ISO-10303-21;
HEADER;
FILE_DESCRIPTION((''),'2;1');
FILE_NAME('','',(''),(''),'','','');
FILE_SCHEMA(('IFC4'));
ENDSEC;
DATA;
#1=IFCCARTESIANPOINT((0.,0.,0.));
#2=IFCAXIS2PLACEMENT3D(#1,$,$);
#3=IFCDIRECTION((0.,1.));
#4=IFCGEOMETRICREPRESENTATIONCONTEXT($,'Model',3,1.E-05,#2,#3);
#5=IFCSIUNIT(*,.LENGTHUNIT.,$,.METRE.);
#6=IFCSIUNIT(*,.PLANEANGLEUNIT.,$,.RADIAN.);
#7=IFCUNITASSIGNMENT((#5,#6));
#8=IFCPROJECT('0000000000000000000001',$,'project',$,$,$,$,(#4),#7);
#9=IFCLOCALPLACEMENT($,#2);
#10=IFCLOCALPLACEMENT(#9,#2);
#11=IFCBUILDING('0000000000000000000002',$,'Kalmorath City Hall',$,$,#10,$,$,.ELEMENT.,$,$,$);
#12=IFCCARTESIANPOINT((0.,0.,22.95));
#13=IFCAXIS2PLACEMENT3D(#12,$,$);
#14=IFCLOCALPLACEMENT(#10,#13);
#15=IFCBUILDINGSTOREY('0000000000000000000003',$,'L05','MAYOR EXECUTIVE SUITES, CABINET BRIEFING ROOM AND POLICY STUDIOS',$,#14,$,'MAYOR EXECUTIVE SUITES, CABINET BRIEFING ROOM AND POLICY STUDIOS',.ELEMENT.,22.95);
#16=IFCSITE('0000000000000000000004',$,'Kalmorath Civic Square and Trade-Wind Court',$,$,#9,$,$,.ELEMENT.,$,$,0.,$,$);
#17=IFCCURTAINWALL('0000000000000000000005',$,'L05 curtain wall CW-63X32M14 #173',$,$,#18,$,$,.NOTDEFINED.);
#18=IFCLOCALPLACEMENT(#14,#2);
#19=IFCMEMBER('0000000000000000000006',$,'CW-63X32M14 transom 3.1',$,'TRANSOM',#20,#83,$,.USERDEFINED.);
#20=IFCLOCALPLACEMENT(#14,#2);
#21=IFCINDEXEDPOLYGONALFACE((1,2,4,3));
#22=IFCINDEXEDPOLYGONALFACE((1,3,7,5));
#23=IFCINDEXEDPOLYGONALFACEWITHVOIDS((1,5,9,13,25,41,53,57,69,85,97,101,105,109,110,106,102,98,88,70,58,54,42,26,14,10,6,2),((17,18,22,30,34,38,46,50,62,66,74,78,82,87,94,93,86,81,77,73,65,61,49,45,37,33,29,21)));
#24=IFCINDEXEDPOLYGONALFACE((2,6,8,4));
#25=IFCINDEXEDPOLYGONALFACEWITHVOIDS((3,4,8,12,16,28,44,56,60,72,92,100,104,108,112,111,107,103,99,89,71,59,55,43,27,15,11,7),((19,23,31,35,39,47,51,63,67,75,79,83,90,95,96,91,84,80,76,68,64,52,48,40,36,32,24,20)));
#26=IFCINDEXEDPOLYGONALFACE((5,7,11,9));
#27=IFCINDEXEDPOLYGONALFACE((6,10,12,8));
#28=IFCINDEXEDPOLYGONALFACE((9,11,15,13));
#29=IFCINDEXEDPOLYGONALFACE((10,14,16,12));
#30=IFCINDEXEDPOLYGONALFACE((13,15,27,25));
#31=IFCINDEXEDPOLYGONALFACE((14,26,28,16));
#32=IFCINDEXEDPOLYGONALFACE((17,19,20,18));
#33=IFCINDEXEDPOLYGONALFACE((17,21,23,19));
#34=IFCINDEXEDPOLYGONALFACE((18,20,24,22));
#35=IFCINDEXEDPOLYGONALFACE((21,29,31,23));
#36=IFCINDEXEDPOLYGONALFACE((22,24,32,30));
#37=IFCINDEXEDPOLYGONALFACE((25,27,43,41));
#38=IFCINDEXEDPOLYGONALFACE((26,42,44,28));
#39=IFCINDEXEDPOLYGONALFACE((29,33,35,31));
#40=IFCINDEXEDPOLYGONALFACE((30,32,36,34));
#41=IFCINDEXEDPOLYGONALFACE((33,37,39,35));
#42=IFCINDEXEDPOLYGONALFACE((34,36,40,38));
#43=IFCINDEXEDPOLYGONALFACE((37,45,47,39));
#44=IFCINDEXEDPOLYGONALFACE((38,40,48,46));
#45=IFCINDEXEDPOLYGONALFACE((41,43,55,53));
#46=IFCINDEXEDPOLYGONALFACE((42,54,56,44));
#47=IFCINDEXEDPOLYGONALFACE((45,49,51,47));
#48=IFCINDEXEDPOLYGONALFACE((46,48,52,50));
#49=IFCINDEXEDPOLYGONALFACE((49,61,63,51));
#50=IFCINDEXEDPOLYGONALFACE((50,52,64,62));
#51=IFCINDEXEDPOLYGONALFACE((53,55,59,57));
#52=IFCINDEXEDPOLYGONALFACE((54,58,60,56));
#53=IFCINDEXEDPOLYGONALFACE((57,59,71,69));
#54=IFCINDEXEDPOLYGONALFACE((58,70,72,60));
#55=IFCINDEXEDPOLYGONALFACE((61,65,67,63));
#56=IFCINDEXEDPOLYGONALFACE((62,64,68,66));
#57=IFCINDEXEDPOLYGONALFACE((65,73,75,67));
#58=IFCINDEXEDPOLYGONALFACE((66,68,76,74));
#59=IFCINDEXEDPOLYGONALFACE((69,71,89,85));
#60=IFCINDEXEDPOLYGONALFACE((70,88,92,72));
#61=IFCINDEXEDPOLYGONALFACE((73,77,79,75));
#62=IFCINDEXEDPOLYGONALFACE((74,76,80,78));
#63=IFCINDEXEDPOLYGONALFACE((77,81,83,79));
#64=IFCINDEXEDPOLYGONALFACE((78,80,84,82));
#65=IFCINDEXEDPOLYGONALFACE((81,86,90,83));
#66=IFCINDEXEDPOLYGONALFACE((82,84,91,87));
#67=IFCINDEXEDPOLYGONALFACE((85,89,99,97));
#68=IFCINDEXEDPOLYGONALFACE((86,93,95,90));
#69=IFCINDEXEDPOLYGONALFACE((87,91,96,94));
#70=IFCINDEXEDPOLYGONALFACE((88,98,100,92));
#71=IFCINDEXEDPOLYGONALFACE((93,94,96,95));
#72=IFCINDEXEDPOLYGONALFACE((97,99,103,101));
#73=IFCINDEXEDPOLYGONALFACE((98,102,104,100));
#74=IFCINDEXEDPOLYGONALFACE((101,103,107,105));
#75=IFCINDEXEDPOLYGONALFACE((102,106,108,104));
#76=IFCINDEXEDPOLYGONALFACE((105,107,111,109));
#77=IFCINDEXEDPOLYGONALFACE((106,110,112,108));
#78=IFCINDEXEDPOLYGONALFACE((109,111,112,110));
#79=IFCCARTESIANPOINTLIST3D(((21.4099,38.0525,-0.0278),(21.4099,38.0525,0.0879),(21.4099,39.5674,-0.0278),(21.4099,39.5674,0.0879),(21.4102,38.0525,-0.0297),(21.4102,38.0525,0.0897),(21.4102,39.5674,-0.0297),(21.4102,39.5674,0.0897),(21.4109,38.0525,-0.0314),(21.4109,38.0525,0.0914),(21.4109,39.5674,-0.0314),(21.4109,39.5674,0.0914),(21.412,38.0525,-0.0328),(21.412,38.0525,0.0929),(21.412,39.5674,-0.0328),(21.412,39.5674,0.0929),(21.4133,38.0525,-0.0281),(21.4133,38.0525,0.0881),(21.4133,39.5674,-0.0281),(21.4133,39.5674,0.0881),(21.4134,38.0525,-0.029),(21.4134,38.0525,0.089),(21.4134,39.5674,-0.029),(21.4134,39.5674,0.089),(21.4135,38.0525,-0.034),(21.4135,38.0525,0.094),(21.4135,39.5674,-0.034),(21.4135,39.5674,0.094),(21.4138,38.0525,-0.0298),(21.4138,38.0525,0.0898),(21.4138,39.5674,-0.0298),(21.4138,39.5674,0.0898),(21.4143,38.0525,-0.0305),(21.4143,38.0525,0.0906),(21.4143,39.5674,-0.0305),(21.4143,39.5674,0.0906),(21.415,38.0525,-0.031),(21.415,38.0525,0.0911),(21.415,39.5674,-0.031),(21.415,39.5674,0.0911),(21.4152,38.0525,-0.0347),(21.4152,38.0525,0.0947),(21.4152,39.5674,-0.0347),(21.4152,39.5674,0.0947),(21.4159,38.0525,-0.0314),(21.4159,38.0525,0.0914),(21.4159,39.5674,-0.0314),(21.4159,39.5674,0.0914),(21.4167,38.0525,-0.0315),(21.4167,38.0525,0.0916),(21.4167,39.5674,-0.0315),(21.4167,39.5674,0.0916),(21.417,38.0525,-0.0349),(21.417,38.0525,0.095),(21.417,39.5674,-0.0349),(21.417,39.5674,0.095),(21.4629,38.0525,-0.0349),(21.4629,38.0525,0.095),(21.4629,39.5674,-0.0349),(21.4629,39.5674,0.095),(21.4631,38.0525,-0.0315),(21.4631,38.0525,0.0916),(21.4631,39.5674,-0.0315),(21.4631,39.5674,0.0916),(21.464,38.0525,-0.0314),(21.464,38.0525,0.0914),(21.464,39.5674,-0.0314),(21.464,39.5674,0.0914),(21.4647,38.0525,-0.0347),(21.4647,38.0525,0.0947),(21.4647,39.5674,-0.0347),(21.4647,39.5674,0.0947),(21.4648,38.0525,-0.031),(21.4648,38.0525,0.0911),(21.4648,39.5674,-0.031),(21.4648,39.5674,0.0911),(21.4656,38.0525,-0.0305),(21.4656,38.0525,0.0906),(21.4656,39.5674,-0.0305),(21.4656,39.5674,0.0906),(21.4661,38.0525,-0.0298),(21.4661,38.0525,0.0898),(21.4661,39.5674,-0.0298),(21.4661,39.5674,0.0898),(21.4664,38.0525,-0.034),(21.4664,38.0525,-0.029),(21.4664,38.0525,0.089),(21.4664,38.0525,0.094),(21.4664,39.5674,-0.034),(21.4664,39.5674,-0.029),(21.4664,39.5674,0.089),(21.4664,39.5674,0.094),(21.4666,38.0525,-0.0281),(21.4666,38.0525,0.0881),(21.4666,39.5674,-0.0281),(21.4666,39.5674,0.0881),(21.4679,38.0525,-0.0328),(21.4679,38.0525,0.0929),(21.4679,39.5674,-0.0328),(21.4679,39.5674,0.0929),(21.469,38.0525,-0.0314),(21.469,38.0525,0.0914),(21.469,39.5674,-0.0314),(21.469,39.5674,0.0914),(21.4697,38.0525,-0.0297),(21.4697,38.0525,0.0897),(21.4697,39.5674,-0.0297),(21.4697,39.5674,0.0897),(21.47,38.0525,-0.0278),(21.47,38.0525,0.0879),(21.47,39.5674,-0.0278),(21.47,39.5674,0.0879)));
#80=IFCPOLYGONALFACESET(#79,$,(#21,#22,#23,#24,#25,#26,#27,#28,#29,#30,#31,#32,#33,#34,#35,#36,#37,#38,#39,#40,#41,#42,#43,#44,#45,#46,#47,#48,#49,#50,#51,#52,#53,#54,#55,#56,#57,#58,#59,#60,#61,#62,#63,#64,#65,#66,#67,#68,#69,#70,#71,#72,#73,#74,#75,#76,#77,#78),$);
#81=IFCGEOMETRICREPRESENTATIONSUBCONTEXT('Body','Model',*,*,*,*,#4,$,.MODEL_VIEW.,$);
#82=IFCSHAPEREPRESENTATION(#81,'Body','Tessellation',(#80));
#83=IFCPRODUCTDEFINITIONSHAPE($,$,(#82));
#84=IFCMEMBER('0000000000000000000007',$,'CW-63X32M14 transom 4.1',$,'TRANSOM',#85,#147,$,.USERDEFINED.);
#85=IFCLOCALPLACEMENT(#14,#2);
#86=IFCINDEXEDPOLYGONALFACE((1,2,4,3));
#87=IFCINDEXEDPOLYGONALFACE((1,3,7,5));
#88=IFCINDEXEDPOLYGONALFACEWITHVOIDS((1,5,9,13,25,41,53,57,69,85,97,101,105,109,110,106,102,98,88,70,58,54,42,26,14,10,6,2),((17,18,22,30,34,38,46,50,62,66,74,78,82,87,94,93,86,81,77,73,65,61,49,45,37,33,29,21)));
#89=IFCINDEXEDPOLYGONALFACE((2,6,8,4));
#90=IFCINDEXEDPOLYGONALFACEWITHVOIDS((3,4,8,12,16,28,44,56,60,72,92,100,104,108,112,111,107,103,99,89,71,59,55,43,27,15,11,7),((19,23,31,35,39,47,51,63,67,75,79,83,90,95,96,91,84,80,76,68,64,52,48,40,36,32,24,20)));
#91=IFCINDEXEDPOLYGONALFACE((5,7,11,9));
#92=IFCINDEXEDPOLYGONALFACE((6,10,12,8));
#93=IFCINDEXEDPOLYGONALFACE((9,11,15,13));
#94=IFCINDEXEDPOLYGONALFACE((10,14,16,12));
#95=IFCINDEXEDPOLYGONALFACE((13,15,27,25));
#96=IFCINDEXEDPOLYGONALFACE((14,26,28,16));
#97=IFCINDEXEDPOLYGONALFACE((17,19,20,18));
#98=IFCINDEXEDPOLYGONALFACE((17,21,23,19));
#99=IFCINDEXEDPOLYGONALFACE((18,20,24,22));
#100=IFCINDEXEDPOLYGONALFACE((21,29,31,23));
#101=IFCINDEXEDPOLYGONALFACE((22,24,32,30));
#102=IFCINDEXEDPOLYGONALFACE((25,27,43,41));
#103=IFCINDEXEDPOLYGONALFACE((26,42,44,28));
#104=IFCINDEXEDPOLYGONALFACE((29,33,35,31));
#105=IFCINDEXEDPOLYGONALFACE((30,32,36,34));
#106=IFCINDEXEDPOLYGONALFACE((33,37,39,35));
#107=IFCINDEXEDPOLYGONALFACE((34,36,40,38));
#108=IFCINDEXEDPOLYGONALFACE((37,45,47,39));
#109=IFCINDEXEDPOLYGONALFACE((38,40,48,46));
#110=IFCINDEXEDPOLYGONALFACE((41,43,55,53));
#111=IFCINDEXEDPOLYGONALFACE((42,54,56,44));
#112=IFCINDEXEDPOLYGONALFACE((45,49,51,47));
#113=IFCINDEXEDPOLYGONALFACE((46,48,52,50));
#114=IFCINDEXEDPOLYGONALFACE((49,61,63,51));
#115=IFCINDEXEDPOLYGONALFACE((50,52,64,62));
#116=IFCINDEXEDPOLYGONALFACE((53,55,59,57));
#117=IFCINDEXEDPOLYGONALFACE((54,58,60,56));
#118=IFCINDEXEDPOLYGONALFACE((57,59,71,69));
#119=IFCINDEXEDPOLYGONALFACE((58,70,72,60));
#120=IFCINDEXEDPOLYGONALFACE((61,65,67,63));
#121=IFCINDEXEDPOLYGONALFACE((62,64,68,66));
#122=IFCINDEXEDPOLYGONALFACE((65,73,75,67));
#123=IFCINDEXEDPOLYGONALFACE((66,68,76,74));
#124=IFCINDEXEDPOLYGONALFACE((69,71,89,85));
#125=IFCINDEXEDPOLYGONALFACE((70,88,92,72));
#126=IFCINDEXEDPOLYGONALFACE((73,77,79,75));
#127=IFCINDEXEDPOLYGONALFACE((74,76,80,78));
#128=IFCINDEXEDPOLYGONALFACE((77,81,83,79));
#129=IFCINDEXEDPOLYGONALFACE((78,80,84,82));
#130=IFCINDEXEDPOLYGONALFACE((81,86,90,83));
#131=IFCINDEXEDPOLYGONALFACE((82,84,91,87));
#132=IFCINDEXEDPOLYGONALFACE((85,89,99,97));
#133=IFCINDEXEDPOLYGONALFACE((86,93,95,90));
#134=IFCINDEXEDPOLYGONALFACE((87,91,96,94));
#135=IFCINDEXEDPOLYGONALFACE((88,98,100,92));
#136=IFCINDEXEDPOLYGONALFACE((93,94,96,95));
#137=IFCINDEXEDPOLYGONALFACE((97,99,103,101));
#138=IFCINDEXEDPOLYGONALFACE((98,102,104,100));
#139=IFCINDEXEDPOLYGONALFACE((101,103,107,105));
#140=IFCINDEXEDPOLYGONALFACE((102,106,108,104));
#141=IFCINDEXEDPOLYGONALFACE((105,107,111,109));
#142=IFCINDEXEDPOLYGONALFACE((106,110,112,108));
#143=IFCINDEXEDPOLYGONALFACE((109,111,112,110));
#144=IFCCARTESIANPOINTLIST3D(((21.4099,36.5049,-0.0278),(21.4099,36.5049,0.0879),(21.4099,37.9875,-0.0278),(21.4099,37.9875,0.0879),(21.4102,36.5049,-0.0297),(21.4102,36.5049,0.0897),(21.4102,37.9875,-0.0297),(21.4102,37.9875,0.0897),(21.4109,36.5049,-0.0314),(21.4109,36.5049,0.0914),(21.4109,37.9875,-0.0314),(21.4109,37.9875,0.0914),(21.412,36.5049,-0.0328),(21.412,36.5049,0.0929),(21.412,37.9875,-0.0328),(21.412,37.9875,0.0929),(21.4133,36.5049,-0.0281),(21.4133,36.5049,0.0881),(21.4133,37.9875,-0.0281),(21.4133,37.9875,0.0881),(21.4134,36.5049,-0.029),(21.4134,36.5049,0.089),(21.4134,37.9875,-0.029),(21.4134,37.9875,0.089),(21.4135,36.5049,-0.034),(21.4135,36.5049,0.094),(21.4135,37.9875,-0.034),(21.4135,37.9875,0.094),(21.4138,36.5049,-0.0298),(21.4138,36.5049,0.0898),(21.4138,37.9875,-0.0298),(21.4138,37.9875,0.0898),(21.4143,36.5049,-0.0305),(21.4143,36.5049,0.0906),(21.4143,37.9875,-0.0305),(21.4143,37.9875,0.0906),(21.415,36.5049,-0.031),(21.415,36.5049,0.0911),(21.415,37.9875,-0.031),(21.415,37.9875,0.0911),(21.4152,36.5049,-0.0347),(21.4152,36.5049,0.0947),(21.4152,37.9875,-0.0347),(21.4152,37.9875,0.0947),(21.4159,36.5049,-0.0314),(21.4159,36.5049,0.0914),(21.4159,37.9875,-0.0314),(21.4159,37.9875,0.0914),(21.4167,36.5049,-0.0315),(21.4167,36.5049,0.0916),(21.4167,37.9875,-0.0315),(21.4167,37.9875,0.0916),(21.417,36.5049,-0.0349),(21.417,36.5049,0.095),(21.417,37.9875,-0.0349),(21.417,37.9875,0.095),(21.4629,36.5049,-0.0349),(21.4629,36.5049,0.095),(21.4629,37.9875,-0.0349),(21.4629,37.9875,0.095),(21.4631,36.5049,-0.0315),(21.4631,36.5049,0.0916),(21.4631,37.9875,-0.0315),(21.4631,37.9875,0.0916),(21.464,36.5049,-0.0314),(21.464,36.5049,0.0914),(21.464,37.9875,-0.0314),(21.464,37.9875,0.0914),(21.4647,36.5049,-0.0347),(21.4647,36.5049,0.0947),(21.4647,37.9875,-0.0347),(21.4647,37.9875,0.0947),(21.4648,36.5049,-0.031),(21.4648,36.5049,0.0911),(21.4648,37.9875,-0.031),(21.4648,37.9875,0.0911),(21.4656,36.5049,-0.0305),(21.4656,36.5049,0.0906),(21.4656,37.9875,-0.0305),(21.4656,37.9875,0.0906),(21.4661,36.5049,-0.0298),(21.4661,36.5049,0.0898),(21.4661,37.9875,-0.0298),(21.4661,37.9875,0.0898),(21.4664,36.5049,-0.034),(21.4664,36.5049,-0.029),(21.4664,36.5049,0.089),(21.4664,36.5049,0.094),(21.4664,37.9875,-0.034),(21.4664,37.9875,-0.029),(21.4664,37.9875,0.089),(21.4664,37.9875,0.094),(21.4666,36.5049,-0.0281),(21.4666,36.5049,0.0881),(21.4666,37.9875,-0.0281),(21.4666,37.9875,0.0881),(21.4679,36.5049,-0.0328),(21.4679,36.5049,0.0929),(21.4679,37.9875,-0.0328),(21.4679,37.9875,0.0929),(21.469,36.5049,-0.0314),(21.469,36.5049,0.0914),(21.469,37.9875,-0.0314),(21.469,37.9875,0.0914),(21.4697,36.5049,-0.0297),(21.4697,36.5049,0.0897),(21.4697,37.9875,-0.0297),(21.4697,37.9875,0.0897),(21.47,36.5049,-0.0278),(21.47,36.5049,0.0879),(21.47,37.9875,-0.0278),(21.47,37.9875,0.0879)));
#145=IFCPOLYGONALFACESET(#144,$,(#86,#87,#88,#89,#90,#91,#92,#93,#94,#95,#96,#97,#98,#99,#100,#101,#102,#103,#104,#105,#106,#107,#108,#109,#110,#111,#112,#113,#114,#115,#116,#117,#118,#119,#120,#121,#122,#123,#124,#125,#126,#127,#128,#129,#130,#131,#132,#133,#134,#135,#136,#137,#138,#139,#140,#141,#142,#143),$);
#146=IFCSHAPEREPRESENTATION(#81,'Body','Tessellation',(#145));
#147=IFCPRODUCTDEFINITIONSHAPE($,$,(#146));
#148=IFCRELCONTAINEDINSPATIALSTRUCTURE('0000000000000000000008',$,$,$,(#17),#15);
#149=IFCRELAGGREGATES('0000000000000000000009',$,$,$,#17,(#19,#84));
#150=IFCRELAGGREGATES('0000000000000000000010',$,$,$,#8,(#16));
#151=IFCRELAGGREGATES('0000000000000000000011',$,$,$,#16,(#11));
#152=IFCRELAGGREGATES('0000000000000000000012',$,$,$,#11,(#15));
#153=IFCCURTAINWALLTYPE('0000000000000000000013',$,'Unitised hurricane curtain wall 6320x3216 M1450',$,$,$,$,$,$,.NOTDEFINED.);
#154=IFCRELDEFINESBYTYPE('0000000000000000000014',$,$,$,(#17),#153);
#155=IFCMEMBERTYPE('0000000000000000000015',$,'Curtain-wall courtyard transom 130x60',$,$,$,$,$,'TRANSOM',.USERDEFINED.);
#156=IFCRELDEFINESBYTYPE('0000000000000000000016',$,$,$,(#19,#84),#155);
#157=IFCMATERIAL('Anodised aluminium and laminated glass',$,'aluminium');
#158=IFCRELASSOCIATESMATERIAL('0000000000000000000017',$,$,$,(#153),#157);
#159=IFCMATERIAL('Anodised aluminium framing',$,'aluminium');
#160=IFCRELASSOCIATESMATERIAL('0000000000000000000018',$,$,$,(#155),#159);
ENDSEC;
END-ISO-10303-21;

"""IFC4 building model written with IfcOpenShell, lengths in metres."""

from ifc_helpers import new_model, si_unit, direction, frame, origin, origin_2d, place, context, subcontext, project, spatial, hollow_rectangle, extrude, material, material_profile, profile_set, type_object, element, aggregate, save


model = new_model("IFC4")

# Units and contexts
model_context = context("Model", 3, precision=1e-05, world=origin(), true_north=direction((0.0, 1.0)))
body_context = subcontext(model_context, "Body", "Model", "MODEL_VIEW")
ifc_project = project(units=[si_unit("LENGTHUNIT", "METRE"), si_unit("PLANEANGLEUNIT", "RADIAN")], contexts=[model_context])

# Site, building, storey
site_placement = place(None, origin())
site = spatial("IfcSite", under=ifc_project, at=site_placement, Name="Kalmorath Civic Square and Trade-Wind Court", CompositionType="ELEMENT", RefElevation=0.0)
building_placement = place(site_placement, origin())
building = spatial("IfcBuilding", under=site, at=building_placement, Name="Kalmorath City Hall", CompositionType="ELEMENT")
storey_placement = place(building_placement, frame((0.0, 0.0, 22.95)))
storey = spatial("IfcBuildingStorey", under=building, at=storey_placement, Name="L05", Description="MAYOR EXECUTIVE SUITES, CABINET BRIEFING ROOM AND POLICY STUDIOS", LongName="MAYOR EXECUTIVE SUITES, CABINET BRIEFING ROOM AND POLICY STUDIOS", CompositionType="ELEMENT", Elevation=22.95)

# Curtain wall, members
ifc_material_1 = material(Name="Anodised aluminium and laminated glass", Category="aluminium")
curtain_wall_type = type_object("IfcCurtainWallType", Name="Unitised hurricane curtain wall 6320x3216 M1450", PredefinedType="NOTDEFINED", material=ifc_material_1)
curtain_wall_placement = place(storey_placement, origin())
curtain_wall = element("IfcCurtainWall", 1, at=curtain_wall_placement, inside=storey, type_object=curtain_wall_type, Name="L05 curtain wall CW-63X32M14 #173", PredefinedType="NOTDEFINED")
ifc_material_2 = material(Name="Anodised aluminium framing", Category="aluminium")
ifc_material_profile_1 = material_profile(ifc_material_2, hollow_rectangle(XDim=0.0601, YDim=0.1299, WallThickness=0.0034, InnerFilletRadius=0.0034, OuterFilletRadius=0.0071, at=origin_2d()), Name="ALU-TRN-130X60X3.5")
ifc_profile_set_1 = profile_set([ifc_material_profile_1], Name="Anodised aluminium framing")
member_type_1 = type_object("IfcMemberType", Name="Curtain-wall courtyard transom 130x60", ElementType="TRANSOM", PredefinedType="USERDEFINED", material=ifc_profile_set_1)
member_1_placement = place(storey_placement, frame((21.4399, 39.5674, 0.03), z_axis=(0.0, -1.0, 0.0), x_axis=(1.0, 0.0, 0.0)))
member_1 = element("IfcMember", 2, at=member_1_placement, type_object=member_type_1, Name="CW-63X32M14 transom 3.1", ObjectType="TRANSOM", PredefinedType="USERDEFINED", context=body_context, shape_type="SweptSolid", body=[
    extrude(hollow_rectangle(XDim=0.0601, YDim=0.1299, WallThickness=0.0034, InnerFilletRadius=0.0034, OuterFilletRadius=0.0071, at=origin_2d()), origin(), (0.0, 0.0, 1.0), 1.5149),
])
member_2_placement = place(storey_placement, frame((21.4399, 37.9875, 0.03), z_axis=(0.0, -1.0, 0.0), x_axis=(1.0, 0.0, 0.0)))
member_2 = element("IfcMember", 3, at=member_2_placement, type_object=member_type_1, Name="CW-63X32M14 transom 4.1", ObjectType="TRANSOM", PredefinedType="USERDEFINED", context=body_context, shape_type="SweptSolid", body=[
    extrude(hollow_rectangle(XDim=0.0601, YDim=0.1299, WallThickness=0.0034, InnerFilletRadius=0.0034, OuterFilletRadius=0.0071, at=origin_2d()), origin(), (0.0, 0.0, 1.0), 1.4827),
])

aggregate(curtain_wall, [member_1, member_2])

save(model, "model.ifc")
